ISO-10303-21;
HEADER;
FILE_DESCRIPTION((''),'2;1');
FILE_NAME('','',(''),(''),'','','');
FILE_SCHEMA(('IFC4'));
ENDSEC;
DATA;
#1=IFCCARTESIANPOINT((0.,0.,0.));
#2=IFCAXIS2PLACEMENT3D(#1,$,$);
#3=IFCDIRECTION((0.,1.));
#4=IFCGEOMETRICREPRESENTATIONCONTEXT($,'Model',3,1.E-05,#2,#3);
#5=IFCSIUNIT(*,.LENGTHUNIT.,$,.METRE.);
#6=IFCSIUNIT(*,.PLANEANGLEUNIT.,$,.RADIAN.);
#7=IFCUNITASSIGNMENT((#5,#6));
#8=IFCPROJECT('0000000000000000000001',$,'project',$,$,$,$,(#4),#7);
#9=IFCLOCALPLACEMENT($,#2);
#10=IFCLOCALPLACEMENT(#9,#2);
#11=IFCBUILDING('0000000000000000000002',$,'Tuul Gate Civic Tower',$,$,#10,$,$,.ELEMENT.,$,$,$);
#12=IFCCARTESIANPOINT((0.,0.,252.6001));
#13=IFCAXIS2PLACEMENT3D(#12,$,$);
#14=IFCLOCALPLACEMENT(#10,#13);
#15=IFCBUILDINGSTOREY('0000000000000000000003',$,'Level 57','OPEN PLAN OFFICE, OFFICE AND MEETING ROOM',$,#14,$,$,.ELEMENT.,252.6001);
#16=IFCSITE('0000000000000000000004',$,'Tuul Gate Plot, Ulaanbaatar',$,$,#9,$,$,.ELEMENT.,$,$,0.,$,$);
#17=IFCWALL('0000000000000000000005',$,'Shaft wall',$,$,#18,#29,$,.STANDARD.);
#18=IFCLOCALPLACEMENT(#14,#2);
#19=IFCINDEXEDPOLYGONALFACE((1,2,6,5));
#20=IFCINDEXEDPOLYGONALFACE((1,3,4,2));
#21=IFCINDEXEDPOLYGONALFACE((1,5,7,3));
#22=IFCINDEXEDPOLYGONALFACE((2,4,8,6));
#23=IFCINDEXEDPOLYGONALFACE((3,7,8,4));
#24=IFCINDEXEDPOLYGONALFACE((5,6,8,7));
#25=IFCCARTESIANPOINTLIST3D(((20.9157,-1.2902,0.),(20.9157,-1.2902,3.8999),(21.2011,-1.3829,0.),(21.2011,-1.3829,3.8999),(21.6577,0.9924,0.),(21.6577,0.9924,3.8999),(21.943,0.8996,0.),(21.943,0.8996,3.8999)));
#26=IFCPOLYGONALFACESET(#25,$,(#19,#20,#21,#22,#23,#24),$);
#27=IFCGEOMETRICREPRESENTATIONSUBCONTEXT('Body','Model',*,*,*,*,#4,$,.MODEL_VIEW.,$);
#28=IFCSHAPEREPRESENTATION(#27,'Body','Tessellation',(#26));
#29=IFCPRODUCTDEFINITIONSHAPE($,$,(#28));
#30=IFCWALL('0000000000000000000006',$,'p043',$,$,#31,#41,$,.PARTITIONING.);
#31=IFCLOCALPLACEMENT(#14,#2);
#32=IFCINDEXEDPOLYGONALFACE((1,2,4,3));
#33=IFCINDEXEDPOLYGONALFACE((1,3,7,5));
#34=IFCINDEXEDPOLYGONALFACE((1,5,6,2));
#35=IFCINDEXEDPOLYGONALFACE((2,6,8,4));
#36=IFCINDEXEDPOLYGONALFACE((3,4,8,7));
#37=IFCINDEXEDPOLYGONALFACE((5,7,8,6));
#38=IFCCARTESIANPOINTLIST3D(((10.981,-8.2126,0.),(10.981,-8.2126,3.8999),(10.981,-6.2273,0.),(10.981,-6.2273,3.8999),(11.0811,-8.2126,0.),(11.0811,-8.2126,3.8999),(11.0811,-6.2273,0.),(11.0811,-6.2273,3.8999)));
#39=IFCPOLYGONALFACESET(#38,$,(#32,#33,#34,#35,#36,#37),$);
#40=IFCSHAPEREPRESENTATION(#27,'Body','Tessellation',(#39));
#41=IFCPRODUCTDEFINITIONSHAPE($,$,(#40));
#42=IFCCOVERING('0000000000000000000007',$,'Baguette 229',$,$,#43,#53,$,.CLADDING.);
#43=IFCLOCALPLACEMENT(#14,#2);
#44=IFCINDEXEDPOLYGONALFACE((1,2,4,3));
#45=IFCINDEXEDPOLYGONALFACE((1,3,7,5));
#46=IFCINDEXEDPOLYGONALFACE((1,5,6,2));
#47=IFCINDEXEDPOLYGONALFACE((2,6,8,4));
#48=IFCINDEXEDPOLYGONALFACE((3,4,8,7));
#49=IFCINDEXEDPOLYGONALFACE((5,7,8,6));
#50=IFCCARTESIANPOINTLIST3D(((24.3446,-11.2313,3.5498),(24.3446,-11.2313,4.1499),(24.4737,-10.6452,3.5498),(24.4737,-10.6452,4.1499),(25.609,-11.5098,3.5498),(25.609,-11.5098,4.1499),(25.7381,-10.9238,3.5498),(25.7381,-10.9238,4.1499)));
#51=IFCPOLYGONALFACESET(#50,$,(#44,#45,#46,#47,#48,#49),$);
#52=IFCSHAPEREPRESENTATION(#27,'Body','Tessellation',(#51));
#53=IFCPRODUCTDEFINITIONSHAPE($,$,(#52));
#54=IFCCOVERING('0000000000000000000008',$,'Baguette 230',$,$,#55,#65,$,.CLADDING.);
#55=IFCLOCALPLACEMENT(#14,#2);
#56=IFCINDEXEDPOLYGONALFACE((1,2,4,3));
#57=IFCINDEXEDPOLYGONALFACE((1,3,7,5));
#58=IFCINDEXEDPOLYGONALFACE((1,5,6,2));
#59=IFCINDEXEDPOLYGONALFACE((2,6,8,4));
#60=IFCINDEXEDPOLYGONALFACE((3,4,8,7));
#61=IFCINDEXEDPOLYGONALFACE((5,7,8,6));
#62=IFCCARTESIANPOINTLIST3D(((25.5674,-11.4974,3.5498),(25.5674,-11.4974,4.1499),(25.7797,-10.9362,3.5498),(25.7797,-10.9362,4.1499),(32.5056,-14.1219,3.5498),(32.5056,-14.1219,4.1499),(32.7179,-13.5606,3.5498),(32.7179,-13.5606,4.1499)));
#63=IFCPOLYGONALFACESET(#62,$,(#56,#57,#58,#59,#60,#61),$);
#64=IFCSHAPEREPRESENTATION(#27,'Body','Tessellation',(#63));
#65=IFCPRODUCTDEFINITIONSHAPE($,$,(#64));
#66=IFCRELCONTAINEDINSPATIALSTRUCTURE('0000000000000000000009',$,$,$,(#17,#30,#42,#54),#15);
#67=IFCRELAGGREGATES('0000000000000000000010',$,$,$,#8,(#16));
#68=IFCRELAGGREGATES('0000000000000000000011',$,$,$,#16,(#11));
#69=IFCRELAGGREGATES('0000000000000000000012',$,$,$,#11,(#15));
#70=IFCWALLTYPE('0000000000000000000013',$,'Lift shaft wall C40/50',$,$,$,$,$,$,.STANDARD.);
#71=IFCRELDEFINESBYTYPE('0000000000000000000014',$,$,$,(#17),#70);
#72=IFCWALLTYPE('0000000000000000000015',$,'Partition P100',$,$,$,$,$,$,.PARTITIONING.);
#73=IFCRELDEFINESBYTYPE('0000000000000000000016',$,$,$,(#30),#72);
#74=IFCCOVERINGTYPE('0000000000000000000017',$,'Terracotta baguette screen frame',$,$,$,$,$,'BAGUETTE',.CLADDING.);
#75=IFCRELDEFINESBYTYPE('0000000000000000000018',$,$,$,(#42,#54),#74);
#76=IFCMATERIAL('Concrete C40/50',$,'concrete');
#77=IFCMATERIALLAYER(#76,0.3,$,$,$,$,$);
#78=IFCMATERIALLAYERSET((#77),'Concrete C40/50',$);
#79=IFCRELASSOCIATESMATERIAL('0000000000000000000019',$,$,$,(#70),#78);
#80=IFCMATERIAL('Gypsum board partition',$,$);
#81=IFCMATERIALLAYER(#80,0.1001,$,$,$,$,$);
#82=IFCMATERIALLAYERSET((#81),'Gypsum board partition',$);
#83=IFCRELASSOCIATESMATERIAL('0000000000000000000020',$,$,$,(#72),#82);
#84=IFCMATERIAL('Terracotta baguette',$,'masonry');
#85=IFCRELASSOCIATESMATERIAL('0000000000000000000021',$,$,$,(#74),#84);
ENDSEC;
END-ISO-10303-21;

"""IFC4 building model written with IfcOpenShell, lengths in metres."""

from ifc_helpers import new_model, si_unit, direction, frame, frame_2d, origin, origin_2d, place, context, subcontext, project, spatial, rectangle, extrude, material, layer, layer_set, material_profile, profile_set, type_object, element, save


model = new_model("IFC4")

# Units and contexts
model_context = context("Model", 3, precision=1e-05, world=origin(), true_north=direction((0.0, 1.0)))
body_context = subcontext(model_context, "Body", "Model", "MODEL_VIEW")
ifc_project = project(units=[si_unit("LENGTHUNIT", "METRE"), si_unit("PLANEANGLEUNIT", "RADIAN")], contexts=[model_context])

# Site, building, storey
site_placement = place(None, origin())
site = spatial("IfcSite", under=ifc_project, at=site_placement, Name="Tuul Gate Plot, Ulaanbaatar", CompositionType="ELEMENT", RefElevation=0.0)
building_placement = place(site_placement, origin())
building = spatial("IfcBuilding", under=site, at=building_placement, Name="Tuul Gate Civic Tower", CompositionType="ELEMENT")
storey_placement = place(building_placement, frame((0.0, 0.0, 252.6001)))
storey = spatial("IfcBuildingStorey", under=building, at=storey_placement, Name="Level 57", Description="OPEN PLAN OFFICE, OFFICE AND MEETING ROOM", CompositionType="ELEMENT", Elevation=252.6001)

# Walls
ifc_material_1 = material(Name="Concrete C40/50", Category="concrete")
ifc_layer_1 = layer(ifc_material_1, 0.3)
ifc_layer_set_1 = layer_set([ifc_layer_1], Name="Concrete C40/50")
wall_type_1 = type_object("IfcWallType", Name="Lift shaft wall C40/50", PredefinedType="STANDARD", material=ifc_layer_set_1)
for number, where, z_axis, x_axis, name in (
    (1, (21.0583, -1.3367, 0.0), (0.0, 0.0, 1.0), (0.309139, 0.951017, 0.0), "Shaft wall"),
):
    element("IfcWall", number, at=place(storey_placement, frame(where, z_axis=z_axis, x_axis=x_axis)), inside=storey, type_object=wall_type_1, Name=name, PredefinedType="STANDARD", context=body_context, shape_type="SweptSolid", body=[
        extrude(rectangle(XDim=2.4001, YDim=0.3, at=frame_2d((1.2002, 0.0))), origin(), (0.0, 0.0, 1.0), 3.8999),
    ])
ifc_material_2 = material(Name="Gypsum board partition")
ifc_layer_2 = layer(ifc_material_2, 0.1001)
ifc_layer_set_2 = layer_set([ifc_layer_2], Name="Gypsum board partition")
wall_type_2 = type_object("IfcWallType", Name="Partition P100", PredefinedType="PARTITIONING", material=ifc_layer_set_2)
wall_1_placement = place(storey_placement, frame((11.031, -8.2126, 0.0), z_axis=(0.0, 0.0, 1.0), x_axis=(0.0, 1.0, 0.0)))
element("IfcWall", 2, at=wall_1_placement, inside=storey, type_object=wall_type_2, Name="p043", PredefinedType="PARTITIONING", context=body_context, shape_type="SweptSolid", body=[
    extrude(rectangle(XDim=1.9854, YDim=0.1001, at=frame_2d((0.9927, 0.0))), origin(), (0.0, 0.0, 1.0), 3.8999),
])

# Coverings
ifc_material_3 = material(Name="Terracotta baguette", Category="masonry")
ifc_material_profile_1 = material_profile(ifc_material_3, rectangle(XDim=0.6001, YDim=0.6001, at=origin_2d()), Name="Terracotta baguette screen frame")
ifc_profile_set_1 = profile_set([ifc_material_profile_1], Name="Terracotta baguette")
covering_type = type_object("IfcCoveringType", Name="Terracotta baguette screen frame", ElementType="BAGUETTE", PredefinedType="CLADDING", material=ifc_profile_set_1)
covering_1_placement = place(storey_placement, frame((24.4092, -10.9382, 3.8499), z_axis=(0.97658, -0.215153, 0.0), x_axis=(0.215153, 0.97658, 0.0)))
element("IfcCovering", 3, at=covering_1_placement, inside=storey, type_object=covering_type, Name="Baguette 229", PredefinedType="CLADDING", context=body_context, shape_type="SweptSolid", body=[
    extrude(rectangle(XDim=0.6001, YDim=0.6001, at=origin_2d()), origin(), (0.0, 0.0, 1.0), 1.2947),
])
covering_2_placement = place(storey_placement, frame((25.6736, -11.2168, 3.8499), z_axis=(0.93532, -0.353802, 0.0), x_axis=(0.353802, 0.93532, 0.0)))
element("IfcCovering", 4, at=covering_2_placement, inside=storey, type_object=covering_type, Name="Baguette 230", PredefinedType="CLADDING", context=body_context, shape_type="SweptSolid", body=[
    extrude(rectangle(XDim=0.6001, YDim=0.6001, at=origin_2d()), origin(), (0.0, 0.0, 1.0), 7.418),
])

save(model, "model.ifc")
